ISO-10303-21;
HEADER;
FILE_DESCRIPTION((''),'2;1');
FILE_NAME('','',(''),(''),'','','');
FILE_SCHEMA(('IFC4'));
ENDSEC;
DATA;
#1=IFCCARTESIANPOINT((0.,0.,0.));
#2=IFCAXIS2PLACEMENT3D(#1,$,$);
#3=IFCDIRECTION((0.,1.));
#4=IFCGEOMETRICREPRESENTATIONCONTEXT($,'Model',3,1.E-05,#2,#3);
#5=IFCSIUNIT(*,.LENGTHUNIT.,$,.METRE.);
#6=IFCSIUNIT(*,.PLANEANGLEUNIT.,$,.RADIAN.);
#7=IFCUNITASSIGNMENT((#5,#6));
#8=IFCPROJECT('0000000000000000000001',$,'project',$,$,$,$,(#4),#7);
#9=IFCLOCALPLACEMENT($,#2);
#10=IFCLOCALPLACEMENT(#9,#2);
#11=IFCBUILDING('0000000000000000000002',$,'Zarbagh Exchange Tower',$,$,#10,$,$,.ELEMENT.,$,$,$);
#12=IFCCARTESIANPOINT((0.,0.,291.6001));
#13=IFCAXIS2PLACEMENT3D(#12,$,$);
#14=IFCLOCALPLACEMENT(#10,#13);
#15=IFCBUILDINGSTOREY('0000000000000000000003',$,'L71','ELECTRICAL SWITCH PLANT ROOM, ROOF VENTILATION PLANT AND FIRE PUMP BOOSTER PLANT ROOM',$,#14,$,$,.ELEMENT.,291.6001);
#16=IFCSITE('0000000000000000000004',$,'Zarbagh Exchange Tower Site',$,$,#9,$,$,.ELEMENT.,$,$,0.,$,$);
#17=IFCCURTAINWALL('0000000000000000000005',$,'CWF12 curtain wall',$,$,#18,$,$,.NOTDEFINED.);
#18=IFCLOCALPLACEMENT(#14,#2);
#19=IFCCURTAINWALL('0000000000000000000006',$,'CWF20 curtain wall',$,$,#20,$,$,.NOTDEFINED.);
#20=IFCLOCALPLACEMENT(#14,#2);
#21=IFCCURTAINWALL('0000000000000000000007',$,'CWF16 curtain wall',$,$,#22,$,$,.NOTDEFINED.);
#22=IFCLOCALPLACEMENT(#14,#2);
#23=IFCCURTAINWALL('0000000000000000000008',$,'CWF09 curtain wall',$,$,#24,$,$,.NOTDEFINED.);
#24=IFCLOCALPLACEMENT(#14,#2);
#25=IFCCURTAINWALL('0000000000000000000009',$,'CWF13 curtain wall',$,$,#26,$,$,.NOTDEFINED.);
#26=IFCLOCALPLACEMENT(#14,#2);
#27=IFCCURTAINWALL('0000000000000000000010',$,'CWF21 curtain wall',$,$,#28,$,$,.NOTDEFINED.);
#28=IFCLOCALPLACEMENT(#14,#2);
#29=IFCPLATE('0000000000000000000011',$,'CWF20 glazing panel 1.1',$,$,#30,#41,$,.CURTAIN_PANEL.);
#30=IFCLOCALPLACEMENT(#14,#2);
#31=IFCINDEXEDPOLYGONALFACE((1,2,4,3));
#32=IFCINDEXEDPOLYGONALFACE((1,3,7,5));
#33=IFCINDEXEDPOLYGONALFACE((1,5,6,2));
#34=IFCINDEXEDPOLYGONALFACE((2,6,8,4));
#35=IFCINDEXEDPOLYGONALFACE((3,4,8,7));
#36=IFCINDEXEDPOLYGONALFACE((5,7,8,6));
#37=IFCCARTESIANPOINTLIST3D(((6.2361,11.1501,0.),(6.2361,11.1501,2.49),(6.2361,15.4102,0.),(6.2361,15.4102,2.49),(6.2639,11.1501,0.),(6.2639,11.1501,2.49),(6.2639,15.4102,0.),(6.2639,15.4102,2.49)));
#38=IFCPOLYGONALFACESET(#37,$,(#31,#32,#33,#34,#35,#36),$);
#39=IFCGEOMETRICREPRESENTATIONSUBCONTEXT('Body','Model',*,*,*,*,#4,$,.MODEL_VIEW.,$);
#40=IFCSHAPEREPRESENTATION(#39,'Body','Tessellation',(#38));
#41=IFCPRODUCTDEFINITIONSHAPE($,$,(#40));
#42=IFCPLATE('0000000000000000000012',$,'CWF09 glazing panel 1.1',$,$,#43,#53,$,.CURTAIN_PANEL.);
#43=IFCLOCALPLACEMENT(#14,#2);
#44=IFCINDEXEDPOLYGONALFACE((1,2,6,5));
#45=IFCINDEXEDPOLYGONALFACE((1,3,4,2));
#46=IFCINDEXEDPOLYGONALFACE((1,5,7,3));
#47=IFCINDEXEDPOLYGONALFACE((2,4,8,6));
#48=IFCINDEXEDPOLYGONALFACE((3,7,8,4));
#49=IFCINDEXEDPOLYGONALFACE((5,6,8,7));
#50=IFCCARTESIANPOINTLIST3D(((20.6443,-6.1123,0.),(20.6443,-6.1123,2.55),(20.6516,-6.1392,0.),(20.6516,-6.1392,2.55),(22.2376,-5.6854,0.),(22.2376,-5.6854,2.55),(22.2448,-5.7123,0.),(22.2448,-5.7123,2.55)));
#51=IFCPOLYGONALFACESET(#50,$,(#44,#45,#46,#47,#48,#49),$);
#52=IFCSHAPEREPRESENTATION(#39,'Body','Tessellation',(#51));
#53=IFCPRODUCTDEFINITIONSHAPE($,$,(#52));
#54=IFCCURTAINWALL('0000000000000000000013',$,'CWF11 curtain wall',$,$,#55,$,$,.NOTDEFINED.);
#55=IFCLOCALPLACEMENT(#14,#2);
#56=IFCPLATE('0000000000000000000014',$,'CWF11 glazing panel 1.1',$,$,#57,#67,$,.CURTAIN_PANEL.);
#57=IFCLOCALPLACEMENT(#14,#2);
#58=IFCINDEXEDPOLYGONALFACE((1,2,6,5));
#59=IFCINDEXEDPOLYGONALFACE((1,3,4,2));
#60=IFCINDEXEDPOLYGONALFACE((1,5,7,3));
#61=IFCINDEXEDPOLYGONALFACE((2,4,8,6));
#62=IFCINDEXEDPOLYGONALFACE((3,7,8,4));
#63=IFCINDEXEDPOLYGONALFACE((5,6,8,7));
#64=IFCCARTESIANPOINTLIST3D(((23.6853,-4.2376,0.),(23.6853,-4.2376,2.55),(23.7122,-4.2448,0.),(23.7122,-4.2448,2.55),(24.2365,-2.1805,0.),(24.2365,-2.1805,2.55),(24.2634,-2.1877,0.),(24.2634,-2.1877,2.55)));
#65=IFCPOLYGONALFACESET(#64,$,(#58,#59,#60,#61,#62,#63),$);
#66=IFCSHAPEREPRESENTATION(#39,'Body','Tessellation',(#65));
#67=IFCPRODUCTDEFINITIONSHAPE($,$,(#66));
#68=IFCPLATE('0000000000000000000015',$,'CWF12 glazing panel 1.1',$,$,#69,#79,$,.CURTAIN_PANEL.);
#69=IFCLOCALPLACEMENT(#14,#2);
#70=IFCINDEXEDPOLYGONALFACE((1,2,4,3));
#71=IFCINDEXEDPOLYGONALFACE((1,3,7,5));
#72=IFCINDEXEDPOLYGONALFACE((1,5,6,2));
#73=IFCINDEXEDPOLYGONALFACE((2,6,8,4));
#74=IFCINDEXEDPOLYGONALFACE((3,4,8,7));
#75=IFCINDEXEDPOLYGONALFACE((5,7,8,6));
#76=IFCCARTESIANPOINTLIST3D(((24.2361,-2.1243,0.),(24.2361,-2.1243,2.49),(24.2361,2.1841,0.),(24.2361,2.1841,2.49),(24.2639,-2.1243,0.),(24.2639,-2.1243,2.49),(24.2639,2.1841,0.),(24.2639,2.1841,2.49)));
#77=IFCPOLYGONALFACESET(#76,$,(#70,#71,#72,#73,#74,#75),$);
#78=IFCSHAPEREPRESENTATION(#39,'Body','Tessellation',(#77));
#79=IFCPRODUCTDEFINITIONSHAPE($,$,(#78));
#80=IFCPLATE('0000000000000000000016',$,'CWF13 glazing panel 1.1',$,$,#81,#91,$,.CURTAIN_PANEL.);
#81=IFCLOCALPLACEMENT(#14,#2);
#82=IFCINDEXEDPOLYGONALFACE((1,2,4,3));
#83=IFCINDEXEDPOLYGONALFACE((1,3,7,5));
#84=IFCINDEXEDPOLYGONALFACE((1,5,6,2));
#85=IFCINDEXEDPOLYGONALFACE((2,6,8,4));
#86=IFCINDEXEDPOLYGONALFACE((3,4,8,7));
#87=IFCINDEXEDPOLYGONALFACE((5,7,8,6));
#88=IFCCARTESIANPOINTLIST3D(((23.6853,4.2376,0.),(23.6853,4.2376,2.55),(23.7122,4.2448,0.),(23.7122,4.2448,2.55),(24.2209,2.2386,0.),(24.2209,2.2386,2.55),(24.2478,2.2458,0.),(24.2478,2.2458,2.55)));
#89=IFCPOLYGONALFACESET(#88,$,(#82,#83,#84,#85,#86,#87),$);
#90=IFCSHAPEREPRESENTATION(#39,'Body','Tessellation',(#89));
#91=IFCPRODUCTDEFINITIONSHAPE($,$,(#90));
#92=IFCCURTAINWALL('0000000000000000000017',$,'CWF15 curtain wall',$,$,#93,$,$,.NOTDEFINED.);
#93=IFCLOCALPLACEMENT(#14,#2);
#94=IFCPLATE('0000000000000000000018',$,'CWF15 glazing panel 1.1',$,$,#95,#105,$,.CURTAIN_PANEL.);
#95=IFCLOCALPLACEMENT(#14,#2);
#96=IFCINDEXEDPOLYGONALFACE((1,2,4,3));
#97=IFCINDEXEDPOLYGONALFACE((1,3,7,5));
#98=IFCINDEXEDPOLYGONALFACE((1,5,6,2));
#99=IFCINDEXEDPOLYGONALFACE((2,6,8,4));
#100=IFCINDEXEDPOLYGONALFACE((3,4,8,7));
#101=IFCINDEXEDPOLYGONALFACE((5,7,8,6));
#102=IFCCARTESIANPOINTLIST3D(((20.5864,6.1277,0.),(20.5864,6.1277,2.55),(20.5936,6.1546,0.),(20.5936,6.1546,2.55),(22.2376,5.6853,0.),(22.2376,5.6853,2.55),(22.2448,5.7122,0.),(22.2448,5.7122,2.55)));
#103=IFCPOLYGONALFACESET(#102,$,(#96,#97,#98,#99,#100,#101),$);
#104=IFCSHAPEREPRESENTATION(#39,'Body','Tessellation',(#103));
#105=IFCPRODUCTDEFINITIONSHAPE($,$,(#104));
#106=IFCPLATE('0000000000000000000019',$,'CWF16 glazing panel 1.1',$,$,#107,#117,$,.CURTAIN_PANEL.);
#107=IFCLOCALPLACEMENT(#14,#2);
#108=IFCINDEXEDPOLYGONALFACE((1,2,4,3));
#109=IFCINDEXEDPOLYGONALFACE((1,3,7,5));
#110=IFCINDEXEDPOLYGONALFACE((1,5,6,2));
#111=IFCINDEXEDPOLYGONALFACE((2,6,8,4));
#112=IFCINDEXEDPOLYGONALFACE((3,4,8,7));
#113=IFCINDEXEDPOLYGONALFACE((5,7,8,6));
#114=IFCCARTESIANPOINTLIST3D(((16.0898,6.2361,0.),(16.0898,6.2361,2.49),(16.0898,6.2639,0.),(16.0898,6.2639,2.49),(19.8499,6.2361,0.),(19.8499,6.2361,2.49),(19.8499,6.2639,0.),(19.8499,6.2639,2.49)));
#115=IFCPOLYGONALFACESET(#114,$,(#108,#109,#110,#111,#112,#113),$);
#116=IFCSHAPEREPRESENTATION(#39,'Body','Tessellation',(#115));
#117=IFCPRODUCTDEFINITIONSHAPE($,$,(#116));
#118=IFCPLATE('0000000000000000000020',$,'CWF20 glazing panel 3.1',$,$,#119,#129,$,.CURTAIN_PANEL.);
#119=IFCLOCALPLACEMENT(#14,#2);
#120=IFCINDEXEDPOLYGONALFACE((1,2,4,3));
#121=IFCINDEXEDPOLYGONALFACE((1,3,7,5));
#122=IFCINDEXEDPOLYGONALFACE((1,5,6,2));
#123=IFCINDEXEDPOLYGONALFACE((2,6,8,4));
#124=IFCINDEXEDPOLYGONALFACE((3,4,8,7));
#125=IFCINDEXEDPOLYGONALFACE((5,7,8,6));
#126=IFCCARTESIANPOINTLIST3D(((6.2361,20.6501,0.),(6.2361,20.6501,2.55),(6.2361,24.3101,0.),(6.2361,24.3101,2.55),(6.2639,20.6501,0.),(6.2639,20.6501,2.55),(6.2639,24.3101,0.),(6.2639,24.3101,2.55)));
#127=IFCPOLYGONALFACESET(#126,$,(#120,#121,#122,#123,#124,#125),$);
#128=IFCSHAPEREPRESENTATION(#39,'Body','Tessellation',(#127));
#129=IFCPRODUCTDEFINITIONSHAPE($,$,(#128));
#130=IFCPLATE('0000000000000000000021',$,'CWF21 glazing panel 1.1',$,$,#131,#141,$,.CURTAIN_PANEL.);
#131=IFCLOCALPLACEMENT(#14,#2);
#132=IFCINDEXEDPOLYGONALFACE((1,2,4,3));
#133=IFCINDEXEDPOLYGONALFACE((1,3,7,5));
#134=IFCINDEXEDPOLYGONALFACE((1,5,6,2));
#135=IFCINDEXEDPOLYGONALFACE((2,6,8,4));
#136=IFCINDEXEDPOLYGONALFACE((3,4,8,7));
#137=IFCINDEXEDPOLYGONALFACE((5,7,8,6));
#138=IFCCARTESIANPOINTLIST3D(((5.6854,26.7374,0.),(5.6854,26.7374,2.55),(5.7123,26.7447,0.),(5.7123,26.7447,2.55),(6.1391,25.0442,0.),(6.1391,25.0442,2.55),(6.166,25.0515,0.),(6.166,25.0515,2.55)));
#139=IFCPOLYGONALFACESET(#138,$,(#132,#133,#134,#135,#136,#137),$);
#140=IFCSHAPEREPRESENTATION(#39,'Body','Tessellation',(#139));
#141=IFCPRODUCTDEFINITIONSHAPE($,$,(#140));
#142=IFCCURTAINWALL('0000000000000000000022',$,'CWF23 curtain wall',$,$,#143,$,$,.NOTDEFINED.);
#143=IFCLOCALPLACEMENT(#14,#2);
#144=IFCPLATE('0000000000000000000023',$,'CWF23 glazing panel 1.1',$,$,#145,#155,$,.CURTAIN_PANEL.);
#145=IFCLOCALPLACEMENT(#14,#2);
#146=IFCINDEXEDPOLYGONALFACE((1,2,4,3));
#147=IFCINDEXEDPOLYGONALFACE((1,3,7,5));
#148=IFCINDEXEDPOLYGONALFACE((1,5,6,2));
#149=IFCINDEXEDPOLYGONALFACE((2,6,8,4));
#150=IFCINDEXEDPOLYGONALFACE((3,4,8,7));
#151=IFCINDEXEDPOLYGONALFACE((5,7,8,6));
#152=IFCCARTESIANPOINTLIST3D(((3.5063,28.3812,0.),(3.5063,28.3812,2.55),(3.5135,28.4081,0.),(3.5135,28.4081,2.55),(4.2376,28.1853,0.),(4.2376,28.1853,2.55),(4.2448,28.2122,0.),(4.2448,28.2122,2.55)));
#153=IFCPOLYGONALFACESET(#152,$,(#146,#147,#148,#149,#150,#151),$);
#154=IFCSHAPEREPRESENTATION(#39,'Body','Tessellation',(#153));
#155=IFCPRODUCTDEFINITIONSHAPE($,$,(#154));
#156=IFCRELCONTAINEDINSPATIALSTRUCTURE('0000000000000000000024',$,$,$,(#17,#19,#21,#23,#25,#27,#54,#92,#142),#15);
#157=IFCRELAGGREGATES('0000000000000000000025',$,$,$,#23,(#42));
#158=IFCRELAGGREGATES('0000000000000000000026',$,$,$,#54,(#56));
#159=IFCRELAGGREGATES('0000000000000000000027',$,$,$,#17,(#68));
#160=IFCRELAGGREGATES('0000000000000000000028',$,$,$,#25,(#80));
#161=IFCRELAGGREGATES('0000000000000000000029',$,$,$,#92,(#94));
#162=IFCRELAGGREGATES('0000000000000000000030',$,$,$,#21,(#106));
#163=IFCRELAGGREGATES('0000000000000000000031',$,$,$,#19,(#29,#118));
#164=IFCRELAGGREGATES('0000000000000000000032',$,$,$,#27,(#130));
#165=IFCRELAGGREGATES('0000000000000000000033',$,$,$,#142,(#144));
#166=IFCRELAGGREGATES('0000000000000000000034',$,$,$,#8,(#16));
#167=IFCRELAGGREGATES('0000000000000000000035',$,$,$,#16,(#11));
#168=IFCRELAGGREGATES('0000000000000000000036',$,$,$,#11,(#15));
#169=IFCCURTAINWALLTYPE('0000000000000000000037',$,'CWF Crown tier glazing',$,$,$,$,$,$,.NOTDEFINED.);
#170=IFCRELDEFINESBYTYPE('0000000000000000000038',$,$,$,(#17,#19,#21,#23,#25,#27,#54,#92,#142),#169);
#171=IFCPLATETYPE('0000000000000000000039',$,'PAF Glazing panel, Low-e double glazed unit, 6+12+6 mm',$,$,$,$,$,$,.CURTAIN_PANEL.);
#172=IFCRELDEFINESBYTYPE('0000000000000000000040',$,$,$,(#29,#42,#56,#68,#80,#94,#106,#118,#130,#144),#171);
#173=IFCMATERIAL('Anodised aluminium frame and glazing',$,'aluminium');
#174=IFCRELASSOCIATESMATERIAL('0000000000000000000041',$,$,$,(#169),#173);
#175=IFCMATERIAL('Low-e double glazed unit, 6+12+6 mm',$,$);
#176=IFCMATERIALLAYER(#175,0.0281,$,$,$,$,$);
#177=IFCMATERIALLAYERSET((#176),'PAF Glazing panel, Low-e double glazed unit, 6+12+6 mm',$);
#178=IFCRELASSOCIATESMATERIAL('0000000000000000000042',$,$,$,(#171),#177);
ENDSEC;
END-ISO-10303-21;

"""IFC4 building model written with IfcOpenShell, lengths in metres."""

from ifc_helpers import new_model, si_unit, direction, frame, origin, place, context, subcontext, project, spatial, polyline, outline, extrude, source, transform, mapped, material, layer, layer_set, type_object, element, aggregate, save


model = new_model("IFC4")

# Units and contexts
model_context = context("Model", 3, precision=1e-05, world=origin(), true_north=direction((0.0, 1.0)))
body_context = subcontext(model_context, "Body", "Model", "MODEL_VIEW")
ifc_project = project(units=[si_unit("LENGTHUNIT", "METRE"), si_unit("PLANEANGLEUNIT", "RADIAN")], contexts=[model_context])

# Site, building, storey
site_placement = place(None, origin())
site = spatial("IfcSite", under=ifc_project, at=site_placement, Name="Zarbagh Exchange Tower Site", CompositionType="ELEMENT", RefElevation=0.0)
building_placement = place(site_placement, origin())
building = spatial("IfcBuilding", under=site, at=building_placement, Name="Zarbagh Exchange Tower", CompositionType="ELEMENT")
storey_placement = place(building_placement, frame((0.0, 0.0, 291.6001)))
storey = spatial("IfcBuildingStorey", under=building, at=storey_placement, Name="L71", Description="ELECTRICAL SWITCH PLANT ROOM, ROOF VENTILATION PLANT AND FIRE PUMP BOOSTER PLANT ROOM", CompositionType="ELEMENT", Elevation=291.6001)

# Curtain walls
ifc_material_1 = material(Name="Anodised aluminium frame and glazing", Category="aluminium")
curtain_wall_type = type_object("IfcCurtainWallType", Name="CWF Crown tier glazing", PredefinedType="NOTDEFINED", material=ifc_material_1)
curtain_wall_1_placement = place(storey_placement, origin())
curtain_wall_1 = element("IfcCurtainWall", 1, at=curtain_wall_1_placement, inside=storey, type_object=curtain_wall_type, Name="CWF12 curtain wall", PredefinedType="NOTDEFINED")
placement = place(storey_placement, origin())
curtain_wall_2_placement = place(storey_placement, origin())
curtain_wall_2 = element("IfcCurtainWall", 2, at=curtain_wall_2_placement, inside=storey, type_object=curtain_wall_type, Name="CWF20 curtain wall", PredefinedType="NOTDEFINED")
curtain_wall_3_placement = place(storey_placement, origin())
curtain_wall_3 = element("IfcCurtainWall", 3, at=curtain_wall_3_placement, inside=storey, type_object=curtain_wall_type, Name="CWF16 curtain wall", PredefinedType="NOTDEFINED")
curtain_wall_4_placement = place(storey_placement, origin())
curtain_wall_4 = element("IfcCurtainWall", 4, at=curtain_wall_4_placement, inside=storey, type_object=curtain_wall_type, Name="CWF09 curtain wall", PredefinedType="NOTDEFINED")

# Curtain wall
curtain_wall_5_placement = place(storey_placement, origin())
curtain_wall_5 = element("IfcCurtainWall", 5, at=curtain_wall_5_placement, inside=storey, type_object=curtain_wall_type, Name="CWF13 curtain wall", PredefinedType="NOTDEFINED")

# Curtain wall
curtain_wall_6_placement = place(storey_placement, origin())
curtain_wall_6 = element("IfcCurtainWall", 6, at=curtain_wall_6_placement, inside=storey, type_object=curtain_wall_type, Name="CWF21 curtain wall", PredefinedType="NOTDEFINED")

# Shared definitions
ifc_material_2 = material(Name="Low-e double glazed unit, 6+12+6 mm")
ifc_layer = layer(ifc_material_2, 0.0281)
ifc_layer_set = layer_set([ifc_layer], Name="PAF Glazing panel, Low-e double glazed unit, 6+12+6 mm")
plate_type = type_object("IfcPlateType", Name="PAF Glazing panel, Low-e double glazed unit, 6+12+6 mm", PredefinedType="CURTAIN_PANEL", material=ifc_layer_set)

# Plates
shared_shape_1 = source(origin(), body_context, "Body", "SweptSolid", [
    extrude(outline(polyline([(0.0, -0.0139), (4.26, -0.0139), (4.26, 0.0139), (0.0, 0.0139), (0.0, -0.0139)])), origin(), (0.0, 0.0, 1.0), 2.49),
])
plate_1 = element("IfcPlate", 7, at=placement, type_object=plate_type, Name="CWF20 glazing panel 1.1", PredefinedType="CURTAIN_PANEL", context=body_context, shape_type="MappedRepresentation", body=[
    mapped(shared_shape_1, transform((6.25, 11.1501, 0.0), x_axis=(0.0, 1.0, 0.0), y_axis=(-1.0, 0.0, 0.0), z_axis=(0.0, 0.0, 1.0))),
])
shared_shape_2 = source(origin(), body_context, "Body", "SweptSolid", [
    extrude(outline(polyline([(0.0, -0.0139), (1.6494, -0.0139), (1.6494, 0.0139), (0.0, 0.0139), (0.0, -0.0139)])), origin(), (0.0, 0.0, 1.0), 2.55),
])
plate_2 = element("IfcPlate", 8, at=placement, type_object=plate_type, Name="CWF09 glazing panel 1.1", PredefinedType="CURTAIN_PANEL", context=body_context, shape_type="MappedRepresentation", body=[
    mapped(shared_shape_2, transform((20.6479, -6.1257, 0.0), x_axis=(0.965924, 0.258825, 0.0), y_axis=(-0.258825, 0.965924, 0.0), z_axis=(0.0, 0.0, 1.0))),
])
aggregate(curtain_wall_4, [plate_2])

# Curtain wall, plate
curtain_wall_7_placement = place(storey_placement, origin())
curtain_wall_7 = element("IfcCurtainWall", 9, at=curtain_wall_7_placement, inside=storey, type_object=curtain_wall_type, Name="CWF11 curtain wall", PredefinedType="NOTDEFINED")
shared_shape_3 = source(origin(), body_context, "Body", "SweptSolid", [
    extrude(outline(polyline([(0.0, -0.0139), (2.1296, -0.0139), (2.1296, 0.0139), (0.0, 0.0139), (0.0, -0.0139)])), origin(), (0.0, 0.0, 1.0), 2.55),
])
plate_3 = element("IfcPlate", 10, at=placement, type_object=plate_type, Name="CWF11 glazing panel 1.1", PredefinedType="CURTAIN_PANEL", context=body_context, shape_type="MappedRepresentation", body=[
    mapped(shared_shape_3, transform((23.6987, -4.2412, 0.0), x_axis=(0.258825, 0.965924, 0.0), y_axis=(-0.965924, 0.258825, 0.0), z_axis=(0.0, 0.0, 1.0))),
])
aggregate(curtain_wall_7, [plate_3])

# Plates
shared_shape_4 = source(origin(), body_context, "Body", "SweptSolid", [
    extrude(outline(polyline([(0.0, -0.0139), (4.3083, -0.0139), (4.3083, 0.0139), (0.0, 0.0139), (0.0, -0.0139)])), origin(), (0.0, 0.0, 1.0), 2.49),
])
plate_4 = element("IfcPlate", 11, at=placement, type_object=plate_type, Name="CWF12 glazing panel 1.1", PredefinedType="CURTAIN_PANEL", context=body_context, shape_type="MappedRepresentation", body=[
    mapped(shared_shape_4, transform((24.25, -2.1243, 0.0), x_axis=(0.0, 1.0, 0.0), y_axis=(-1.0, 0.0, 0.0), z_axis=(0.0, 0.0, 1.0))),
])
aggregate(curtain_wall_1, [plate_4])
shared_shape_5 = source(origin(), body_context, "Body", "SweptSolid", [
    extrude(outline(polyline([(0.0, -0.0139), (2.0696, -0.0139), (2.0696, 0.0139), (0.0, 0.0139), (0.0, -0.0139)])), origin(), (0.0, 0.0, 1.0), 2.55),
])
plate_5 = element("IfcPlate", 12, at=placement, type_object=plate_type, Name="CWF13 glazing panel 1.1", PredefinedType="CURTAIN_PANEL", context=body_context, shape_type="MappedRepresentation", body=[
    mapped(shared_shape_5, transform((24.2344, 2.2422, 0.0), x_axis=(-0.258825, 0.965924, 0.0), y_axis=(-0.965924, -0.258825, 0.0), z_axis=(0.0, 0.0, 1.0))),
])
aggregate(curtain_wall_5, [plate_5])

# Curtain wall, plate
curtain_wall_8_placement = place(storey_placement, origin())
curtain_wall_8 = element("IfcCurtainWall", 13, at=curtain_wall_8_placement, inside=storey, type_object=curtain_wall_type, Name="CWF15 curtain wall", PredefinedType="NOTDEFINED")
shared_shape_6 = source(origin(), body_context, "Body", "SweptSolid", [
    extrude(outline(polyline([(0.0, -0.0139), (1.7095, -0.0139), (1.7095, 0.0139), (0.0, 0.0139), (0.0, -0.0139)])), origin(), (0.0, 0.0, 1.0), 2.55),
])
plate_6 = element("IfcPlate", 14, at=placement, type_object=plate_type, Name="CWF15 glazing panel 1.1", PredefinedType="CURTAIN_PANEL", context=body_context, shape_type="MappedRepresentation", body=[
    mapped(shared_shape_6, transform((22.2412, 5.6987, 0.0), x_axis=(-0.965924, 0.258825, 0.0), y_axis=(-0.258825, -0.965924, 0.0), z_axis=(0.0, 0.0, 1.0))),
])
aggregate(curtain_wall_8, [plate_6])

# Plates
shared_shape_7 = source(origin(), body_context, "Body", "SweptSolid", [
    extrude(outline(polyline([(0.0, -0.0139), (3.76, -0.0139), (3.76, 0.0139), (0.0, 0.0139), (0.0, -0.0139)])), origin(), (0.0, 0.0, 1.0), 2.49),
])
plate_7 = element("IfcPlate", 15, at=placement, type_object=plate_type, Name="CWF16 glazing panel 1.1", PredefinedType="CURTAIN_PANEL", context=body_context, shape_type="MappedRepresentation", body=[
    mapped(shared_shape_7, transform((19.8499, 6.25, 0.0), x_axis=(-1.0, 0.0, 0.0), y_axis=(0.0, -1.0, 0.0), z_axis=(0.0, 0.0, 1.0))),
])
aggregate(curtain_wall_3, [plate_7])
shared_shape_8 = source(origin(), body_context, "Body", "SweptSolid", [
    extrude(outline(polyline([(0.0, -0.0139), (3.6599, -0.0139), (3.6599, 0.0139), (0.0, 0.0139), (0.0, -0.0139)])), origin(), (0.0, 0.0, 1.0), 2.55),
])
plate_8 = element("IfcPlate", 16, at=placement, type_object=plate_type, Name="CWF20 glazing panel 3.1", PredefinedType="CURTAIN_PANEL", context=body_context, shape_type="MappedRepresentation", body=[
    mapped(shared_shape_8, transform((6.25, 20.6501, 0.0), x_axis=(0.0, 1.0, 0.0), y_axis=(-1.0, 0.0, 0.0), z_axis=(0.0, 0.0, 1.0))),
])
aggregate(curtain_wall_2, [plate_1, plate_8])
shared_shape_9 = source(origin(), body_context, "Body", "SweptSolid", [
    extrude(outline(polyline([(0.0, -0.0139), (1.7529, -0.0139), (1.7529, 0.0139), (0.0, 0.0139), (0.0, -0.0139)])), origin(), (0.0, 0.0, 1.0), 2.55),
])
plate_9 = element("IfcPlate", 17, at=placement, type_object=plate_type, Name="CWF21 glazing panel 1.1", PredefinedType="CURTAIN_PANEL", context=body_context, shape_type="MappedRepresentation", body=[
    mapped(shared_shape_9, transform((6.1526, 25.0479, 0.0), x_axis=(-0.258825, 0.965924, 0.0), y_axis=(-0.965924, -0.258825, 0.0), z_axis=(0.0, 0.0, 1.0))),
])
aggregate(curtain_wall_6, [plate_9])

# Curtain wall, plate
curtain_wall_9_placement = place(storey_placement, origin())
curtain_wall_9 = element("IfcCurtainWall", 18, at=curtain_wall_9_placement, inside=storey, type_object=curtain_wall_type, Name="CWF23 curtain wall", PredefinedType="NOTDEFINED")
shared_shape_10 = source(origin(), body_context, "Body", "SweptSolid", [
    extrude(outline(polyline([(0.0, -0.0139), (0.7571, -0.0139), (0.7571, 0.0139), (0.0, 0.0139), (0.0, -0.0139)])), origin(), (0.0, 0.0, 1.0), 2.55),
])
plate_10 = element("IfcPlate", 19, at=placement, type_object=plate_type, Name="CWF23 glazing panel 1.1", PredefinedType="CURTAIN_PANEL", context=body_context, shape_type="MappedRepresentation", body=[
    mapped(shared_shape_10, transform((4.2412, 28.1987, 0.0), x_axis=(-0.965924, 0.258825, 0.0), y_axis=(-0.258825, -0.965924, 0.0), z_axis=(0.0, 0.0, 1.0))),
])
aggregate(curtain_wall_9, [plate_10])

save(model, "model.ifc")
